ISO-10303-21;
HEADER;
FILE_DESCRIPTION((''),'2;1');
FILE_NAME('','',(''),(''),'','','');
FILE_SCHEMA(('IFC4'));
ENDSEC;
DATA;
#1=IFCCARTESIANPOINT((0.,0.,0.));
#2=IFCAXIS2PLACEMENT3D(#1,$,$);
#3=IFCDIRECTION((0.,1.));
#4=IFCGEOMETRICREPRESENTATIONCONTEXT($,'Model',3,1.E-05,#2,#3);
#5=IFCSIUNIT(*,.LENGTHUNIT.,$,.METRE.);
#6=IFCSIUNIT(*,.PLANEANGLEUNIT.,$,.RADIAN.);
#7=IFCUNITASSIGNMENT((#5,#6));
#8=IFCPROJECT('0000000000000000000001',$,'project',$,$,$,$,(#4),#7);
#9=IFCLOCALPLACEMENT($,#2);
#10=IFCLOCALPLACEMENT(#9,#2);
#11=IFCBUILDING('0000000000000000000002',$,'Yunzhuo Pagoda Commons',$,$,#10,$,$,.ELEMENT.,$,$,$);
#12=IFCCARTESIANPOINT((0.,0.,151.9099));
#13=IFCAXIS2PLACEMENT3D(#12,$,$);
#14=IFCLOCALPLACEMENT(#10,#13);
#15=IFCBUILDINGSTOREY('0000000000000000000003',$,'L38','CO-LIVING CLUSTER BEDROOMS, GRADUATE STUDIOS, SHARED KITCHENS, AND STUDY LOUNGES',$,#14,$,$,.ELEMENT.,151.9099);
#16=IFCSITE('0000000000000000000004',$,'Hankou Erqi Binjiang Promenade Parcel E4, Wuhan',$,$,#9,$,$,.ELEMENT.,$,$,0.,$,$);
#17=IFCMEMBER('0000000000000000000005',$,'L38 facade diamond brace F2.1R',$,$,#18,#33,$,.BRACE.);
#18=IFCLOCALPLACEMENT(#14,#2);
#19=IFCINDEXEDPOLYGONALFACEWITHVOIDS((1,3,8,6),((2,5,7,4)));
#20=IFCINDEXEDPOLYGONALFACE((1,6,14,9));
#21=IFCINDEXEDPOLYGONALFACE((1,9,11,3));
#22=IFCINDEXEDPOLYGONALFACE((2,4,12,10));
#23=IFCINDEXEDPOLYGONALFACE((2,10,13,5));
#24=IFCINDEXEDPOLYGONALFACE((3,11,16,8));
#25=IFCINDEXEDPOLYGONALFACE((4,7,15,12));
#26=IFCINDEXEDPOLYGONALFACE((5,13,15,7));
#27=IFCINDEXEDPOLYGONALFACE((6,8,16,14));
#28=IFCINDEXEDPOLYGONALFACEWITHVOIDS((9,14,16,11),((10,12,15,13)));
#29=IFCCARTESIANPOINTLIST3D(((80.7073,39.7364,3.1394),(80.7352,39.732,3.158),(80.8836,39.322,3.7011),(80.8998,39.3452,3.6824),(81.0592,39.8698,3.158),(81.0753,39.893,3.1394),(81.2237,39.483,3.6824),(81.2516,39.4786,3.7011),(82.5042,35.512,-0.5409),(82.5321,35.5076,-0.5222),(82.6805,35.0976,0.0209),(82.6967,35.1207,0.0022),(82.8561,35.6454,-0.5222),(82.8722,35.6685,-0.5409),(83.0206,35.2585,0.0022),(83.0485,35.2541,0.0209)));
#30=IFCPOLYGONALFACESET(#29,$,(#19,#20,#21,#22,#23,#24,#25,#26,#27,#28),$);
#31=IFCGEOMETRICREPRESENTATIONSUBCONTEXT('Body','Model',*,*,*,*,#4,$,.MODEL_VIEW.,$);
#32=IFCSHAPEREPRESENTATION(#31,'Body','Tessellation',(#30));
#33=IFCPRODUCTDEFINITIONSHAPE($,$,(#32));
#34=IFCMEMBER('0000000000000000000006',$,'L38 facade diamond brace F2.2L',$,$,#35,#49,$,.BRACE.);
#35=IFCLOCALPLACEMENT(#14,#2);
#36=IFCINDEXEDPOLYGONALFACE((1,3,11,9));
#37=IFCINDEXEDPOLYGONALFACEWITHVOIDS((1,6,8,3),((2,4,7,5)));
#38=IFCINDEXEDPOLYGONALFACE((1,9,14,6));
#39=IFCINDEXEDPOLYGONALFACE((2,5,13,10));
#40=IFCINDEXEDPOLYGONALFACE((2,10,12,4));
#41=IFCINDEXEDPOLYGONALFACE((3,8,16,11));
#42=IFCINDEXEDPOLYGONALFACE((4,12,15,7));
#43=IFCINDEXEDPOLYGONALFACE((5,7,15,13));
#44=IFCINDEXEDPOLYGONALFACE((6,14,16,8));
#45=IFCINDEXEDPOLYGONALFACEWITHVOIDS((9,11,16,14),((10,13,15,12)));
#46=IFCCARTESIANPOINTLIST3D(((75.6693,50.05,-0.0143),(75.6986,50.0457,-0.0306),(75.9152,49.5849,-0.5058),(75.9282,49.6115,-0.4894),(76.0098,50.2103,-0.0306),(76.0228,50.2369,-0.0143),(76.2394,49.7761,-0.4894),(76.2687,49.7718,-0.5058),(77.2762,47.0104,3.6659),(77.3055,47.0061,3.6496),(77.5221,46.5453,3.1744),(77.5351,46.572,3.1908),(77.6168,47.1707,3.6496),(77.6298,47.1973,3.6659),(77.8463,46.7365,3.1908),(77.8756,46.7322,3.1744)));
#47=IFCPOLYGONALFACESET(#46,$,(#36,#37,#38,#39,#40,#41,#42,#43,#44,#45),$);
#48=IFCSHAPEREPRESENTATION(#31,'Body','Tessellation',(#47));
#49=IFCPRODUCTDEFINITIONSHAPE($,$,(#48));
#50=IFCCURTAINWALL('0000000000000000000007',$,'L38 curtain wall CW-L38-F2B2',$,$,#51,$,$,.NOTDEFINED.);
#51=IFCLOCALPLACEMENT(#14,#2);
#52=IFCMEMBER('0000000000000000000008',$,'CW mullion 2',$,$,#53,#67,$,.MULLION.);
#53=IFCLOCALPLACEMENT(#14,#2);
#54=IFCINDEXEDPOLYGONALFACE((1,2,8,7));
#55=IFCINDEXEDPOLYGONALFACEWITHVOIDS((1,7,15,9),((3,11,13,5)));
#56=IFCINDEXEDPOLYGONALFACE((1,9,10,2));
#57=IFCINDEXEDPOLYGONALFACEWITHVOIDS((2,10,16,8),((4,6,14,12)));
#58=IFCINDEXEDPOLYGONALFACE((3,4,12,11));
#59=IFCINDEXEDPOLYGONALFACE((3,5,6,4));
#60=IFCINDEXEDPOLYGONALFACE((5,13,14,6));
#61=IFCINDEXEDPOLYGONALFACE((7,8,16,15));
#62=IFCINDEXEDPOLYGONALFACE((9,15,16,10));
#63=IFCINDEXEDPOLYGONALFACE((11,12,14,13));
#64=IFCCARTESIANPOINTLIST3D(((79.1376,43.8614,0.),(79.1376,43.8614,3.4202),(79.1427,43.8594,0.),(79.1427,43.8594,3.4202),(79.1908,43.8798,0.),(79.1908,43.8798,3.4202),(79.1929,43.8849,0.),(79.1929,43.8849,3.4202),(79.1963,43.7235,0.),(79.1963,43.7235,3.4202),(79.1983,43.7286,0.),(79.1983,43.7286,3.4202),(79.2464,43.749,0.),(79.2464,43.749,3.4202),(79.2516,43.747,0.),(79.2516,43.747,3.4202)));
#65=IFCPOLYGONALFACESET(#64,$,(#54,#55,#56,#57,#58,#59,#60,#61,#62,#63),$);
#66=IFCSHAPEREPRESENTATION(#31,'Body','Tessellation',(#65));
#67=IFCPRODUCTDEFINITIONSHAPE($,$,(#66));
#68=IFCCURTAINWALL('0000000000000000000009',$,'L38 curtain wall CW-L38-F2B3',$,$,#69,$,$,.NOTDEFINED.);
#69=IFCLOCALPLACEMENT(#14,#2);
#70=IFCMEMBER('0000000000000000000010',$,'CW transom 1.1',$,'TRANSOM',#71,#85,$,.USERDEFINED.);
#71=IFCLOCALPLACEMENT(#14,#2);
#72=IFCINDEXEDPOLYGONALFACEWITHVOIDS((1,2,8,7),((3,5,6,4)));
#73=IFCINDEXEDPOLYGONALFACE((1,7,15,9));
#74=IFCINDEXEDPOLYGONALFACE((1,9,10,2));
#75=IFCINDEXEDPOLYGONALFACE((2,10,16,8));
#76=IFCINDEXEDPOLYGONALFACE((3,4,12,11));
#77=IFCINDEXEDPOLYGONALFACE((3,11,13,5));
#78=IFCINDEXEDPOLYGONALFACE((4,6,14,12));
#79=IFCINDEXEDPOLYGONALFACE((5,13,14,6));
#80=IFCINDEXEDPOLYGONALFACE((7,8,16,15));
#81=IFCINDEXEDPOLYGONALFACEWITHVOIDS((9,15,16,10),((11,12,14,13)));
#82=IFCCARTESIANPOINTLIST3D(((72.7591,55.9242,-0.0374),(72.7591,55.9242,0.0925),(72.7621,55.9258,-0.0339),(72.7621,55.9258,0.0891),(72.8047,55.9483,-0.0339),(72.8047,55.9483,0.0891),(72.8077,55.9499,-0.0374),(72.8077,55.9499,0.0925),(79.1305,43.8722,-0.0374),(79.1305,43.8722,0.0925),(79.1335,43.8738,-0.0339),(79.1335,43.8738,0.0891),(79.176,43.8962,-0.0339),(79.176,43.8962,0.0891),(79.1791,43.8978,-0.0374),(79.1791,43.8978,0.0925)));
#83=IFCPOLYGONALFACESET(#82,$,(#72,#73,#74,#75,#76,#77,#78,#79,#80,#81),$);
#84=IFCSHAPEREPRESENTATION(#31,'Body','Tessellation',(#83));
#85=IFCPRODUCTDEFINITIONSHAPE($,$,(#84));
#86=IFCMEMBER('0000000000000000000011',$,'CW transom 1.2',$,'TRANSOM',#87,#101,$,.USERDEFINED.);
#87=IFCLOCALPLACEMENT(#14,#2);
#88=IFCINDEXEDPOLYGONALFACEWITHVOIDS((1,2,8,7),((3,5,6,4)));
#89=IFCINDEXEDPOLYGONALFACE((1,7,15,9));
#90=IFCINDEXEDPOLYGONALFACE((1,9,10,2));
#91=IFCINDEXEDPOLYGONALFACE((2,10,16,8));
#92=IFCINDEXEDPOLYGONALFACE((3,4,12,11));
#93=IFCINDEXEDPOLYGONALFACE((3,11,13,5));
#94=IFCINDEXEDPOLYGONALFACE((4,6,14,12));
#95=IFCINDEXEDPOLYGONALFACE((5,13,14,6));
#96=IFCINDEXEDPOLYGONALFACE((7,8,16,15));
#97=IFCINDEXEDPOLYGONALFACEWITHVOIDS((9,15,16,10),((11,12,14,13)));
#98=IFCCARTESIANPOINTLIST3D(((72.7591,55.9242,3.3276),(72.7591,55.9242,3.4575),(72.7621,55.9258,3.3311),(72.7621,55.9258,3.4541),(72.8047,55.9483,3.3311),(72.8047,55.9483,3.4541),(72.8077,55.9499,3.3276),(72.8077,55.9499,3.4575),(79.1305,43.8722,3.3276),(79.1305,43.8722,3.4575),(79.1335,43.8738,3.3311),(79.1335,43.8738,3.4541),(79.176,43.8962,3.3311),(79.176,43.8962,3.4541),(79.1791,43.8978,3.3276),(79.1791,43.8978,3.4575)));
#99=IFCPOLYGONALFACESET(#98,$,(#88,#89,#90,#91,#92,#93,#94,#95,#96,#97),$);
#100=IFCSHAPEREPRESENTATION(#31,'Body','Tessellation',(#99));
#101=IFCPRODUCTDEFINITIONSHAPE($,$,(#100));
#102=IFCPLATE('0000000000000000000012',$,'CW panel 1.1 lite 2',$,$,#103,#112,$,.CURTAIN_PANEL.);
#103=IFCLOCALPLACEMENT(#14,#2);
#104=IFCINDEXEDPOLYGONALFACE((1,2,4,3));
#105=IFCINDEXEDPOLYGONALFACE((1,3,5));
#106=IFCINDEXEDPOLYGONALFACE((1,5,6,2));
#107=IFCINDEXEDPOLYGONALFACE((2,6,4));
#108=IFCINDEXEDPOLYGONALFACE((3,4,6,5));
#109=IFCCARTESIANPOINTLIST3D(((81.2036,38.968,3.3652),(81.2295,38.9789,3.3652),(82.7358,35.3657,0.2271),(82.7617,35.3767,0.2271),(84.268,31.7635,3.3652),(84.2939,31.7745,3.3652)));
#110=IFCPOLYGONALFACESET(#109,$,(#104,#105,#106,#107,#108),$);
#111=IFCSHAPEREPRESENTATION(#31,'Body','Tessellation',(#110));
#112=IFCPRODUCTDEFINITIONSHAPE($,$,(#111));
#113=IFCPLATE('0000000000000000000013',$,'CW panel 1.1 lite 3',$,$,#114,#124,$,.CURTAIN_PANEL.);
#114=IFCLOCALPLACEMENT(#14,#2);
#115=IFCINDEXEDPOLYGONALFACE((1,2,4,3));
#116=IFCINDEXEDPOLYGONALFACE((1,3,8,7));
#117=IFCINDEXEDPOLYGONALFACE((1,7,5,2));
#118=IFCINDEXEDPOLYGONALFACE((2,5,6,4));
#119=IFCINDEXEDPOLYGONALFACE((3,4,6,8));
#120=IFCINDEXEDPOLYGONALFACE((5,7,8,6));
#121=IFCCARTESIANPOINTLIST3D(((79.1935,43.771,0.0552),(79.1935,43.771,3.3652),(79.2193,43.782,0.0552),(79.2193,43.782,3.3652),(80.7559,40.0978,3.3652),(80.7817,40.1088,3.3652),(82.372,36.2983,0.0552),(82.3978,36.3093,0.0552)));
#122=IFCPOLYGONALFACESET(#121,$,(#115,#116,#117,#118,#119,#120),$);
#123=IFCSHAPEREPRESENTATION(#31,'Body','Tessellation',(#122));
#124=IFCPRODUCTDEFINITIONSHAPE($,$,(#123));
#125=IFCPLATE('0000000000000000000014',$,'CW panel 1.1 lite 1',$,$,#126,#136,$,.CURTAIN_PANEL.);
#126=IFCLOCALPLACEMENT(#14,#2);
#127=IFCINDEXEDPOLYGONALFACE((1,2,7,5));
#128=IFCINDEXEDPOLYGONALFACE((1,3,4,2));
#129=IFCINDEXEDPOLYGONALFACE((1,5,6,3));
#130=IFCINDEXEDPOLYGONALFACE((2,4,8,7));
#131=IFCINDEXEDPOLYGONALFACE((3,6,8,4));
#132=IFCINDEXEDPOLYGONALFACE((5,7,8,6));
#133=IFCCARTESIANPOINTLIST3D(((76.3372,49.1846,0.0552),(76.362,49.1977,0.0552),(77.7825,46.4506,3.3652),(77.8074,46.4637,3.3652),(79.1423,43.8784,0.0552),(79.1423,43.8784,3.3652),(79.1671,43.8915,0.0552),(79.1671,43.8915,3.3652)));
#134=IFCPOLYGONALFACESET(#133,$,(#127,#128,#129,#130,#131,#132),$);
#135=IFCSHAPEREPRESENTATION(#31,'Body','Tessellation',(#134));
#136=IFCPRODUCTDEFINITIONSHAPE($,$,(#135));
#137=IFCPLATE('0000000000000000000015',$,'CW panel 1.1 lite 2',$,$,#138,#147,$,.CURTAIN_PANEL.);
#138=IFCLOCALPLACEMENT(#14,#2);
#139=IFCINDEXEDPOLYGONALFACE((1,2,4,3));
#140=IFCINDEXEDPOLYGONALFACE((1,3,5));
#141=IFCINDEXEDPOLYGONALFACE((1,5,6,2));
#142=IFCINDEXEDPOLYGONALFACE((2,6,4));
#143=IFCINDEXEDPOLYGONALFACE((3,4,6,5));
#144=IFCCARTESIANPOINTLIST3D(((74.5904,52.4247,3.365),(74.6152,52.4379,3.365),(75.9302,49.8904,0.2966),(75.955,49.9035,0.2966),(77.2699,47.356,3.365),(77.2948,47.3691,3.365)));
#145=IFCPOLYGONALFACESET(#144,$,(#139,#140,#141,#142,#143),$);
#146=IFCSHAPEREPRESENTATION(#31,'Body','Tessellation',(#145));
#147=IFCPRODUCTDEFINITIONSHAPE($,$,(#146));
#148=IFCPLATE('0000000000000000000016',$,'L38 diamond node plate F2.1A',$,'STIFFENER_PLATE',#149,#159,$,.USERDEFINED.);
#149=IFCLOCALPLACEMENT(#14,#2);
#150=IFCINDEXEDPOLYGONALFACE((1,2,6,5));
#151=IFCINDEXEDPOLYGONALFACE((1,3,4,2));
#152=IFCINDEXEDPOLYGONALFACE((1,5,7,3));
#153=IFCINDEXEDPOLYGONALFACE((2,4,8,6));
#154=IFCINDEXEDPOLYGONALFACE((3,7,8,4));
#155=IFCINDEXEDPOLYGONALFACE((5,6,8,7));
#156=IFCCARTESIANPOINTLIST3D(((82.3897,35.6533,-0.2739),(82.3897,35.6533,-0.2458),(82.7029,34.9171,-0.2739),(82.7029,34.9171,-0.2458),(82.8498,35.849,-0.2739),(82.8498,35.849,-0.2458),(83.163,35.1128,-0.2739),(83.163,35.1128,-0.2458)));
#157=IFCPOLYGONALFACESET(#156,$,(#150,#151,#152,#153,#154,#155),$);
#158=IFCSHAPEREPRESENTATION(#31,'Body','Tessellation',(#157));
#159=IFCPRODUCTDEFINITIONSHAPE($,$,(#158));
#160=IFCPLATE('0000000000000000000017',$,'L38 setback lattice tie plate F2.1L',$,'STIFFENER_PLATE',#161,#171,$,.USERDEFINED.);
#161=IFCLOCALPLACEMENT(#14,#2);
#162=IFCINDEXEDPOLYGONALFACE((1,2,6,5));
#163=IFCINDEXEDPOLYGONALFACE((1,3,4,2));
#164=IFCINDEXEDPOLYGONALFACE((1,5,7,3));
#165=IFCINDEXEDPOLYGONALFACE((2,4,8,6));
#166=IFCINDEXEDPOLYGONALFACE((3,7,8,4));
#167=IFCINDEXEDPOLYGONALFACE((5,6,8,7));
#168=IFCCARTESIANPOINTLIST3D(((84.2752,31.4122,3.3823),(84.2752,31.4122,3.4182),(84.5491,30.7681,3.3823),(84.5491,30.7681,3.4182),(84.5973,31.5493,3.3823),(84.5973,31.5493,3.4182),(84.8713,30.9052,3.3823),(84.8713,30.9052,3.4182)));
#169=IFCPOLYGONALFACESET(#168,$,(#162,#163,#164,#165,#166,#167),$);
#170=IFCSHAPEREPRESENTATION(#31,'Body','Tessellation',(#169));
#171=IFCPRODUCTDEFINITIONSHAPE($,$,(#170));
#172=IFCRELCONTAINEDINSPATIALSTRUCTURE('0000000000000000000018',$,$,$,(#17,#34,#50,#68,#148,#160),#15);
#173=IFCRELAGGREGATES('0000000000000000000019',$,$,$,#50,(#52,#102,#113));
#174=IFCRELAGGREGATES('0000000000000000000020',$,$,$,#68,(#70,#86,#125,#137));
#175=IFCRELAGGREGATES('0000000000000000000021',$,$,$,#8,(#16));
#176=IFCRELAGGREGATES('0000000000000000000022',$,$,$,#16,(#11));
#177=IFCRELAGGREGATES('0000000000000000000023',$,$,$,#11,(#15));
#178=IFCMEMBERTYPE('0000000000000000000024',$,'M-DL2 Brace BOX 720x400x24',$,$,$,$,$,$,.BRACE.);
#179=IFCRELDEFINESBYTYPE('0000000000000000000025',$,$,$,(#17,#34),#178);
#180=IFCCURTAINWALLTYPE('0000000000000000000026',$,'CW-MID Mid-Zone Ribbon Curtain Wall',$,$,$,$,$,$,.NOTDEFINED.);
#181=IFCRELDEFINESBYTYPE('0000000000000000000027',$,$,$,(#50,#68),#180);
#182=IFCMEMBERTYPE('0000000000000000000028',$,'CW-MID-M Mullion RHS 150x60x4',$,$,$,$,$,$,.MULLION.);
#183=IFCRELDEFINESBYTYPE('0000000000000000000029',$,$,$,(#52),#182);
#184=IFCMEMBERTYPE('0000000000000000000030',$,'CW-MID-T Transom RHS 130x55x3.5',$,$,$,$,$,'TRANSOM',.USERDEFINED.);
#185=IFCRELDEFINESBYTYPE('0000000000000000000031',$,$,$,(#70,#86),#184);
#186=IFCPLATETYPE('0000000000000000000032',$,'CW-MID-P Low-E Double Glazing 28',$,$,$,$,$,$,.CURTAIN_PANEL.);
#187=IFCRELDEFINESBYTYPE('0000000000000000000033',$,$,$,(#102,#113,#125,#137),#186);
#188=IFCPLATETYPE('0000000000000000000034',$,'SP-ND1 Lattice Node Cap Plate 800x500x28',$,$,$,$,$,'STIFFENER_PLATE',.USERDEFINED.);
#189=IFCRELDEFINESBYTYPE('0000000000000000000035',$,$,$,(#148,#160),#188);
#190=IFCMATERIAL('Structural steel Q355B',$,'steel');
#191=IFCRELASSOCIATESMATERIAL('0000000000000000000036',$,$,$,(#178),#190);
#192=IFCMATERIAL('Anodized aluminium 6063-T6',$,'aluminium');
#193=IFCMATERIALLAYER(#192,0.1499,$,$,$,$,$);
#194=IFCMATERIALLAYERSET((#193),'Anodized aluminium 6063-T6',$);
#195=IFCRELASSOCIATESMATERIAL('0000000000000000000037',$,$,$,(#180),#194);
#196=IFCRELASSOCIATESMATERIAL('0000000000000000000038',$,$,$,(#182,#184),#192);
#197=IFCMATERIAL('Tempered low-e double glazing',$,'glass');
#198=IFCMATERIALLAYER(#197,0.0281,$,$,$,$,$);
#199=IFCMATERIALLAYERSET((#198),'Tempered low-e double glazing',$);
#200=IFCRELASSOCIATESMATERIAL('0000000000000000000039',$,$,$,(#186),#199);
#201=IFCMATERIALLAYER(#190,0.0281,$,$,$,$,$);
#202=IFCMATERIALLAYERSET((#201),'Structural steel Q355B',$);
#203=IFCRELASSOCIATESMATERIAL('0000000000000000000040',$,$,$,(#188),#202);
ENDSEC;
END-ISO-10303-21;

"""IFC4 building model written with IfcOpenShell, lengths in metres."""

from ifc_helpers import new_model, si_unit, direction, frame, origin, origin_2d, place, context, subcontext, project, spatial, polyline, rectangle, hollow_rectangle, outline, extrude, source, transform, mapped, material, layer, layer_set, material_profile, profile_set, type_object, element, aggregate, save


model = new_model("IFC4")

# Units and contexts
model_context = context("Model", 3, precision=1e-05, world=origin(), true_north=direction((0.0, 1.0)))
body_context = subcontext(model_context, "Body", "Model", "MODEL_VIEW")
ifc_project = project(units=[si_unit("LENGTHUNIT", "METRE"), si_unit("PLANEANGLEUNIT", "RADIAN")], contexts=[model_context])

# Site, building, storey
site_placement = place(None, origin())
site = spatial("IfcSite", under=ifc_project, at=site_placement, Name="Hankou Erqi Binjiang Promenade Parcel E4, Wuhan", CompositionType="ELEMENT", RefElevation=0.0)
building_placement = place(site_placement, origin())
building = spatial("IfcBuilding", under=site, at=building_placement, Name="Yunzhuo Pagoda Commons", CompositionType="ELEMENT")
storey_placement = place(building_placement, frame((0.0, 0.0, 151.9099)))
storey = spatial("IfcBuildingStorey", under=building, at=storey_placement, Name="L38", Description="CO-LIVING CLUSTER BEDROOMS, GRADUATE STUDIOS, SHARED KITCHENS, AND STUDY LOUNGES", CompositionType="ELEMENT", Elevation=151.9099)

# Shared definitions
ifc_material_1 = material(Name="Structural steel Q355B", Category="steel")

# Members
ifc_material_profile_1 = material_profile(ifc_material_1, hollow_rectangle(XDim=0.3999, YDim=0.72, WallThickness=0.0239, at=origin_2d()), Name="Structural steel Q355B")
ifc_profile_set_1 = profile_set([ifc_material_profile_1], Name="Structural steel Q355B")
member_type_1 = type_object("IfcMemberType", Name="M-DL2 Brace BOX 720x400x24", PredefinedType="BRACE", material=ifc_profile_set_1)
shared_shape_1 = source(origin(), body_context, "Body", "SweptSolid", [
    extrude(hollow_rectangle(XDim=0.3999, YDim=0.72, WallThickness=0.0239, at=origin_2d()), origin(), (0.0, 0.0, 1.0), 5.8838),
])
for number, where, z_axis, x_axis, name in (
    (1, (82.7764, 35.3831, -0.26), (-0.3054, 0.71798, 0.625489), (-0.920212, -0.391421, 0.0), "L38 facade diamond brace F2.1R"),
):
    element("IfcMember", number, at=place(storey_placement, frame(where, z_axis=z_axis, x_axis=x_axis)), inside=storey, type_object=member_type_1, Name=name, PredefinedType="BRACE", context=body_context, shape_type="MappedRepresentation", body=[
        mapped(shared_shape_1, transform((0.0, 0.0, 0.0), scale=1.0)),
    ])
shared_shape_2 = source(origin(), body_context, "Body", "SweptSolid", [
    extrude(hollow_rectangle(XDim=0.3999, YDim=0.72, WallThickness=0.0239, at=origin_2d()), origin(), (0.0, 0.0, 1.0), 5.0364),
])
member_1_placement = place(storey_placement, frame((75.969, 49.9109, -0.26), z_axis=(0.319067, -0.603523, 0.730723), x_axis=(0.884057, 0.467379, 0.0)))
element("IfcMember", 2, at=member_1_placement, inside=storey, type_object=member_type_1, Name="L38 facade diamond brace F2.2L", PredefinedType="BRACE", context=body_context, shape_type="MappedRepresentation", body=[
    mapped(shared_shape_2, transform((0.0, 0.0, 0.0), scale=1.0)),
])

# Curtain wall, member
ifc_material_2 = material(Name="Anodized aluminium 6063-T6", Category="aluminium")
ifc_layer_1 = layer(ifc_material_2, 0.1499)
ifc_layer_set_1 = layer_set([ifc_layer_1], Name="Anodized aluminium 6063-T6")
curtain_wall_type = type_object("IfcCurtainWallType", Name="CW-MID Mid-Zone Ribbon Curtain Wall", PredefinedType="NOTDEFINED", material=ifc_layer_set_1)
curtain_wall_1_placement = place(storey_placement, origin())
curtain_wall_1 = element("IfcCurtainWall", 3, at=curtain_wall_1_placement, inside=storey, type_object=curtain_wall_type, Name="L38 curtain wall CW-L38-F2B2", PredefinedType="NOTDEFINED")
ifc_material_profile_2 = material_profile(ifc_material_2, hollow_rectangle(XDim=0.0601, YDim=0.1499, WallThickness=0.0039, at=origin_2d()), Name="Anodized aluminium 6063-T6")
ifc_profile_set_2 = profile_set([ifc_material_profile_2], Name="Anodized aluminium 6063-T6")
member_type_2 = type_object("IfcMemberType", Name="CW-MID-M Mullion RHS 150x60x4", PredefinedType="MULLION", material=ifc_profile_set_2)
shared_shape_3 = source(origin(), body_context, "Body", "SweptSolid", [
    extrude(hollow_rectangle(XDim=0.0601, YDim=0.1499, WallThickness=0.0039, at=origin_2d()), origin(), (0.0, 0.0, 1.0), 3.4202),
])
member_2_placement = place(storey_placement, frame((79.1946, 43.8042, 0.0), z_axis=(0.0, 0.0, 1.0), x_axis=(-0.920217, -0.391409, 0.0)))
member_2 = element("IfcMember", 4, at=member_2_placement, type_object=member_type_2, Name="CW mullion 2", PredefinedType="MULLION", context=body_context, shape_type="MappedRepresentation", body=[
    mapped(shared_shape_3, transform((0.0, 0.0, 0.0), scale=1.0)),
])

# Curtain wall, members
curtain_wall_2_placement = place(storey_placement, origin())
curtain_wall_2 = element("IfcCurtainWall", 5, at=curtain_wall_2_placement, inside=storey, type_object=curtain_wall_type, Name="L38 curtain wall CW-L38-F2B3", PredefinedType="NOTDEFINED")
ifc_material_profile_3 = material_profile(ifc_material_2, hollow_rectangle(XDim=0.0549, YDim=0.1299, WallThickness=0.0034, at=origin_2d()), Name="Anodized aluminium 6063-T6")
ifc_profile_set_3 = profile_set([ifc_material_profile_3], Name="Anodized aluminium 6063-T6")
member_type_3 = type_object("IfcMemberType", Name="CW-MID-T Transom RHS 130x55x3.5", ElementType="TRANSOM", PredefinedType="USERDEFINED", material=ifc_profile_set_3)
shared_shape_4 = source(origin(), body_context, "Body", "SweptSolid", [
    extrude(hollow_rectangle(XDim=0.0549, YDim=0.1299, WallThickness=0.0034, at=origin_2d()), origin(), (0.0, 0.0, 1.0), 13.6326),
])
member_3_placement = place(storey_placement, frame((79.1548, 43.885, 0.0276), z_axis=(-0.467364, 0.884065, 0.0), x_axis=(-0.884065, -0.467364, 0.0)))
member_3 = element("IfcMember", 6, at=member_3_placement, type_object=member_type_3, Name="CW transom 1.1", ObjectType="TRANSOM", PredefinedType="USERDEFINED", context=body_context, shape_type="MappedRepresentation", body=[
    mapped(shared_shape_4, transform((0.0, 0.0, 0.0), scale=1.0)),
])
member_4_placement = place(storey_placement, frame((79.1548, 43.885, 3.3926), z_axis=(-0.467364, 0.884065, 0.0), x_axis=(-0.884065, -0.467364, 0.0)))
member_4 = element("IfcMember", 7, at=member_4_placement, type_object=member_type_3, Name="CW transom 1.2", ObjectType="TRANSOM", PredefinedType="USERDEFINED", context=body_context, shape_type="MappedRepresentation", body=[
    mapped(shared_shape_4, transform((0.0, 0.0, 0.0), scale=1.0)),
])

# Plates
ifc_material_3 = material(Name="Tempered low-e double glazing", Category="glass")
ifc_layer_2 = layer(ifc_material_3, 0.0281)
ifc_layer_set_2 = layer_set([ifc_layer_2], Name="Tempered low-e double glazing")
plate_type_1 = type_object("IfcPlateType", Name="CW-MID-P Low-E Double Glazing 28", PredefinedType="CURTAIN_PANEL", material=ifc_layer_set_2)
plate_1_placement = place(storey_placement, frame((82.7358, 35.3657, 1.7961), z_axis=(0.920217, 0.391409, 0.0), x_axis=(-0.391409, 0.920217, 0.0)))
plate_1 = element("IfcPlate", 8, at=plate_1_placement, type_object=plate_type_1, Name="CW panel 1.1 lite 2", PredefinedType="CURTAIN_PANEL", context=body_context, shape_type="SweptSolid", body=[
    extrude(outline(polyline([(-3.9146, 1.5691), (0.0, -1.5691), (3.9146, 1.5691), (-3.9146, 1.5691)])), origin(), (0.0, 0.0, 1.0), 0.0281),
])
plate_2_placement = place(storey_placement, frame((80.7827, 40.0347, 1.7102), z_axis=(0.920217, 0.391409, 0.0), x_axis=(-0.391409, 0.920217, 0.0)))
plate_2 = element("IfcPlate", 9, at=plate_2_placement, type_object=plate_type_1, Name="CW panel 1.1 lite 3", PredefinedType="CURTAIN_PANEL", context=body_context, shape_type="SweptSolid", body=[
    extrude(outline(polyline([(-4.0603, -1.655), (4.0603, -1.655), (4.0603, 1.655), (0.0686, 1.655), (-4.0603, -1.655)])), origin(), (0.0, 0.0, 1.0), 0.0281),
])
aggregate(curtain_wall_1, [member_2, plate_1, plate_2])
plate_3_placement = place(storey_placement, frame((77.7397, 46.5315, 1.7102), z_axis=(0.884069, 0.467357, 0.0), x_axis=(-0.467357, 0.884069, 0.0)))
plate_3 = element("IfcPlate", 10, at=plate_3_placement, type_object=plate_type_1, Name="CW panel 1.1 lite 1", PredefinedType="CURTAIN_PANEL", context=body_context, shape_type="SweptSolid", body=[
    extrude(outline(polyline([(-3.001, -1.655), (3.001, -1.655), (-0.0916, 1.655), (-3.001, 1.655), (-3.001, -1.655)])), origin(), (0.0, 0.0, 1.0), 0.0281),
])
plate_4_placement = place(storey_placement, frame((75.9302, 49.8904, 1.8308), z_axis=(0.884069, 0.467357, 0.0), x_axis=(-0.467357, 0.884069, 0.0)))
plate_4 = element("IfcPlate", 11, at=plate_4_placement, type_object=plate_type_1, Name="CW panel 1.1 lite 2", PredefinedType="CURTAIN_PANEL", context=body_context, shape_type="SweptSolid", body=[
    extrude(outline(polyline([(-2.8667, 1.5342), (0.0, -1.5342), (2.8667, 1.5342), (-2.8667, 1.5342)])), origin(), (0.0, 0.0, 1.0), 0.0281),
])
aggregate(curtain_wall_2, [member_3, member_4, plate_3, plate_4])

# Plates
ifc_layer_3 = layer(ifc_material_1, 0.0281)
ifc_layer_set_3 = layer_set([ifc_layer_3], Name="Structural steel Q355B")
plate_type_2 = type_object("IfcPlateType", Name="SP-ND1 Lattice Node Cap Plate 800x500x28", ElementType="STIFFENER_PLATE", PredefinedType="USERDEFINED", material=ifc_layer_set_3)
shared_shape_5 = source(origin(), body_context, "Body", "SweptSolid", [
    extrude(rectangle(XDim=0.8, YDim=0.5, at=origin_2d()), origin(), (0.0, 0.0, 1.0), 0.0281),
])
plate_5_placement = place(storey_placement, frame((82.7764, 35.3831, -0.2739), z_axis=(0.0, 0.0, 1.0), x_axis=(-0.391406, 0.920218, 0.0)))
element("IfcPlate", 12, at=plate_5_placement, inside=storey, type_object=plate_type_2, Name="L38 diamond node plate F2.1A", ObjectType="STIFFENER_PLATE", PredefinedType="USERDEFINED", context=body_context, shape_type="MappedRepresentation", body=[
    mapped(shared_shape_5, transform((0.0, 0.0, 0.0), scale=1.0)),
])
shared_shape_6 = source(origin(), body_context, "Body", "SweptSolid", [
    extrude(rectangle(XDim=0.7, YDim=0.3501, at=origin_2d()), origin(), (0.0, 0.0, 1.0), 0.0359),
])
for number, where, z_axis, x_axis, name in (
    (13, (84.5732, 31.1587, 3.3823), (0.0, 0.0, 1.0), (-0.391406, 0.920218, 0.0), "L38 setback lattice tie plate F2.1L"),
):
    element("IfcPlate", number, at=place(storey_placement, frame(where, z_axis=z_axis, x_axis=x_axis)), inside=storey, type_object=plate_type_2, Name=name, ObjectType="STIFFENER_PLATE", PredefinedType="USERDEFINED", context=body_context, shape_type="MappedRepresentation", body=[
        mapped(shared_shape_6, transform((0.0, 0.0, 0.0), scale=1.0)),
    ])

save(model, "model.ifc")
